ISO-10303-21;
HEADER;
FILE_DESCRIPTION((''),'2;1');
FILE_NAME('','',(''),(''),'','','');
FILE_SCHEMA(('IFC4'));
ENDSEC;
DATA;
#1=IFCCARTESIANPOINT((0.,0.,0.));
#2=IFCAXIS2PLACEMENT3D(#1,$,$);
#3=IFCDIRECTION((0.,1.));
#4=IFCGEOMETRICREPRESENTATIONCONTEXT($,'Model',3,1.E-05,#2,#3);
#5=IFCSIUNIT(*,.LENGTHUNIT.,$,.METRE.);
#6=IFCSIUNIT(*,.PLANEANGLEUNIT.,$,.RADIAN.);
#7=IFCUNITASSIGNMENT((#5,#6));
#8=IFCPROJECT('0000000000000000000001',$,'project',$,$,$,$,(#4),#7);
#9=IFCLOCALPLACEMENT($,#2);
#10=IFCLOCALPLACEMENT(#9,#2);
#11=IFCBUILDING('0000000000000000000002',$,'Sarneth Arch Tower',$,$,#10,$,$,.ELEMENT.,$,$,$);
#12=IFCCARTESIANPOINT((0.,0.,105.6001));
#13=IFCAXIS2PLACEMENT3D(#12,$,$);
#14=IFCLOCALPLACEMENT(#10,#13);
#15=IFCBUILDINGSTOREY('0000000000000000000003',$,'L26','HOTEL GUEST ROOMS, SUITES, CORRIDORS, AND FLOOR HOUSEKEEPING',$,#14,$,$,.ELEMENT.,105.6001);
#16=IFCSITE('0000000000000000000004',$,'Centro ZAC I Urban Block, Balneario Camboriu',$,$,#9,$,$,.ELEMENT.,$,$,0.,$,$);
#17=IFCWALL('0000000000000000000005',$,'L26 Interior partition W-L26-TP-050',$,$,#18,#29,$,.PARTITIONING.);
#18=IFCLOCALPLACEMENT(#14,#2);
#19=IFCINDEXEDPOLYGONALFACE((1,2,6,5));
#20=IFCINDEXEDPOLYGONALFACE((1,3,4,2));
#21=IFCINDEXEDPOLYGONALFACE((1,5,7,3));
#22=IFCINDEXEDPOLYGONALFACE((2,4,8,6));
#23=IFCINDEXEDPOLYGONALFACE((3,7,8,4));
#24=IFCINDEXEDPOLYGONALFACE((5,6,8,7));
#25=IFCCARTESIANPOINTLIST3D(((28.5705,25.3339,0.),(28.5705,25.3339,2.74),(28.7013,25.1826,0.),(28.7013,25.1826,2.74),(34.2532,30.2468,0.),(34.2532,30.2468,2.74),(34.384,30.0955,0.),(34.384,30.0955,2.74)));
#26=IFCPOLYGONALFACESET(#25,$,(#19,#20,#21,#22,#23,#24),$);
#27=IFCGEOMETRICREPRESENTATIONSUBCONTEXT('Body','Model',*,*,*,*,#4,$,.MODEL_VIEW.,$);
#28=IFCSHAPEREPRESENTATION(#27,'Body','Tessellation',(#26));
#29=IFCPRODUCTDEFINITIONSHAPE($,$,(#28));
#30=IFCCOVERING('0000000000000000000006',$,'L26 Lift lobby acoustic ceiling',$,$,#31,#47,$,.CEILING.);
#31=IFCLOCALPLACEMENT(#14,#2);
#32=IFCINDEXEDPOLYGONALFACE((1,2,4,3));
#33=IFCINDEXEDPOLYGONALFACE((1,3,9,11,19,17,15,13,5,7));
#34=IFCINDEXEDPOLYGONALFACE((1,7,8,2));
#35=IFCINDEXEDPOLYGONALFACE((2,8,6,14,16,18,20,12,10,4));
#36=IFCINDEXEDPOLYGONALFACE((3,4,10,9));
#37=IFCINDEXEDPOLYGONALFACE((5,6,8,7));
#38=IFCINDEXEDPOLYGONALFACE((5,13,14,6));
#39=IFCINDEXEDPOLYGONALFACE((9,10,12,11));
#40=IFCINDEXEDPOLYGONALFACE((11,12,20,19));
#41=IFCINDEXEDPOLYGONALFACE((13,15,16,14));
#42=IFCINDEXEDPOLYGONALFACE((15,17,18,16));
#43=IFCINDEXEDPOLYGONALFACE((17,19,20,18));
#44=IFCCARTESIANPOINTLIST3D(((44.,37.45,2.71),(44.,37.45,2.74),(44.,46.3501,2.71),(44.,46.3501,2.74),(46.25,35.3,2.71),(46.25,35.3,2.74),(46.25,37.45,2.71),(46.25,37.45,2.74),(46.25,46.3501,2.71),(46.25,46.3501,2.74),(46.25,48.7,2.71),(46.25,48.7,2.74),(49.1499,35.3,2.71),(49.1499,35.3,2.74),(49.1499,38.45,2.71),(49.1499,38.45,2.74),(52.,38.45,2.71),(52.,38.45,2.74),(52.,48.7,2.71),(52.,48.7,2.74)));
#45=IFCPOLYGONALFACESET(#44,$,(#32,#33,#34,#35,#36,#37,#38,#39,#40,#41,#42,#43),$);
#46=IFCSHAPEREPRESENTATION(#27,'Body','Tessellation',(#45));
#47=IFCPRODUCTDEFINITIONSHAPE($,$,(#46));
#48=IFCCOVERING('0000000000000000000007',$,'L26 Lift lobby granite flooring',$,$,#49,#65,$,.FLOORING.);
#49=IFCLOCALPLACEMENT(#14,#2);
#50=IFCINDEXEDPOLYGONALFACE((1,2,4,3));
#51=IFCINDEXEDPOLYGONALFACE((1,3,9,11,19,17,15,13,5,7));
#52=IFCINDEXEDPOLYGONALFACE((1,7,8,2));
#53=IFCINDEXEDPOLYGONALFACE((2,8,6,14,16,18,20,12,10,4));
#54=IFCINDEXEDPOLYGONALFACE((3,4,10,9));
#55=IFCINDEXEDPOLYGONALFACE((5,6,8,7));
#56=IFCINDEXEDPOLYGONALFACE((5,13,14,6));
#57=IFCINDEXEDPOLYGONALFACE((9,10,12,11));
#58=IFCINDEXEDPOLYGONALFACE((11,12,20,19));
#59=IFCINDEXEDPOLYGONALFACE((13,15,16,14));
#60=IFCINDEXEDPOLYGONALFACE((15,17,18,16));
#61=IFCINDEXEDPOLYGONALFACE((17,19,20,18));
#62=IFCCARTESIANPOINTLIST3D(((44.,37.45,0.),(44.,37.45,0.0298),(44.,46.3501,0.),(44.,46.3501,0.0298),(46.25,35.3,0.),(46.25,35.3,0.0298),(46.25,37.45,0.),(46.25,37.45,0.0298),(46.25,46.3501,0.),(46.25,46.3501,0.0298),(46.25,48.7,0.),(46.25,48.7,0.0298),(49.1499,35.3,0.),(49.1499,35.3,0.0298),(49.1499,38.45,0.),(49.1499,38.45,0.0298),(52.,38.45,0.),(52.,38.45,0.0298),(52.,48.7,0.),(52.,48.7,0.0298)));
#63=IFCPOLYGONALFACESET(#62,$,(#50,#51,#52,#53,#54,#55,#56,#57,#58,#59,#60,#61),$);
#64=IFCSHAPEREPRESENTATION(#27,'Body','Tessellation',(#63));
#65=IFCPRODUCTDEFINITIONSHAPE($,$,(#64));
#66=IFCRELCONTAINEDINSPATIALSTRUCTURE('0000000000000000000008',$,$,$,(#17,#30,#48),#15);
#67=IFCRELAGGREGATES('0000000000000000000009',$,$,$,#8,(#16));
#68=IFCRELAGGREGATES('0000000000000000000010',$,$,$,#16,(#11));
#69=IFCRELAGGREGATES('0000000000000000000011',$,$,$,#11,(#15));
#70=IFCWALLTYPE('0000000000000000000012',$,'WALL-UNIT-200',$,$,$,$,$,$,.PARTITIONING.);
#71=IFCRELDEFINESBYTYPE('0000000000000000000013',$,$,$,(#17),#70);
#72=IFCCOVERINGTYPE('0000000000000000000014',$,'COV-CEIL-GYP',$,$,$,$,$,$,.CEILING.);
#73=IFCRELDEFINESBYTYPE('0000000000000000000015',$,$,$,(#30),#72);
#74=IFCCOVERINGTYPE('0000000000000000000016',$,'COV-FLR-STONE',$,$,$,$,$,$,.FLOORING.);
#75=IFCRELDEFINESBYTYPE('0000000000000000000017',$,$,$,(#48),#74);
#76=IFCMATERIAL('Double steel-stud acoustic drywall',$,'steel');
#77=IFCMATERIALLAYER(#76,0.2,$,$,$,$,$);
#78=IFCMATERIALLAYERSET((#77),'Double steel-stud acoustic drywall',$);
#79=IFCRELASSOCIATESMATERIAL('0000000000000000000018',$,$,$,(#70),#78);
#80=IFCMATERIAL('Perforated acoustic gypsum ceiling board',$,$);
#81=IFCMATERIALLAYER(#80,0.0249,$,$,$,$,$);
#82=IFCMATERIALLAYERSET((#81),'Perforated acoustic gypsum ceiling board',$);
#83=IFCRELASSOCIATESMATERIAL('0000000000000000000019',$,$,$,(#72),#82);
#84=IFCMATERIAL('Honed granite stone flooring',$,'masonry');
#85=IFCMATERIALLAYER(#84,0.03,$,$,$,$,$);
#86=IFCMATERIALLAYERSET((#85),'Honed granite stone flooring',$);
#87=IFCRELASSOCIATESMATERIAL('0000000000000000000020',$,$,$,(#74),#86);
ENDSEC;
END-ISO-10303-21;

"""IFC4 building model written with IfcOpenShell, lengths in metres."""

from ifc_helpers import new_model, si_unit, direction, frame, frame_2d, origin, place, context, subcontext, project, spatial, polyline, rectangle, outline, extrude, material, layer, layer_set, type_object, element, save


model = new_model("IFC4")

# Units and contexts
model_context = context("Model", 3, precision=1e-05, world=origin(), true_north=direction((0.0, 1.0)))
body_context = subcontext(model_context, "Body", "Model", "MODEL_VIEW")
ifc_project = project(units=[si_unit("LENGTHUNIT", "METRE"), si_unit("PLANEANGLEUNIT", "RADIAN")], contexts=[model_context])

# Site, building, storey
site_placement = place(None, origin())
site = spatial("IfcSite", under=ifc_project, at=site_placement, Name="Centro ZAC I Urban Block, Balneario Camboriu", CompositionType="ELEMENT", RefElevation=0.0)
building_placement = place(site_placement, origin())
building = spatial("IfcBuilding", under=site, at=building_placement, Name="Sarneth Arch Tower", CompositionType="ELEMENT")
storey_placement = place(building_placement, frame((0.0, 0.0, 105.6001)))
storey = spatial("IfcBuildingStorey", under=building, at=storey_placement, Name="L26", Description="HOTEL GUEST ROOMS, SUITES, CORRIDORS, AND FLOOR HOUSEKEEPING", CompositionType="ELEMENT", Elevation=105.6001)

# Wall
ifc_material_1 = material(Name="Double steel-stud acoustic drywall", Category="steel")
ifc_layer_1 = layer(ifc_material_1, 0.2)
ifc_layer_set_1 = layer_set([ifc_layer_1], Name="Double steel-stud acoustic drywall")
wall_type_1 = type_object("IfcWallType", Name="WALL-UNIT-200", PredefinedType="PARTITIONING", material=ifc_layer_set_1)
wall_1_placement = place(storey_placement, frame((28.636, 25.2583, 0.0), z_axis=(0.0, 0.0, 1.0), x_axis=(0.756485, 0.654011, 0.0)))
element("IfcWall", 1, at=wall_1_placement, inside=storey, type_object=wall_type_1, Name="L26 Interior partition W-L26-TP-050", PredefinedType="PARTITIONING", context=body_context, shape_type="SweptSolid", body=[
    extrude(rectangle(XDim=7.512, YDim=0.2, at=frame_2d((3.7559, 0.0))), origin(), (0.0, 0.0, 1.0), 2.74),
])

# Coverings
ifc_material_2 = material(Name="Perforated acoustic gypsum ceiling board")
ifc_layer_2 = layer(ifc_material_2, 0.0249)
ifc_layer_set_2 = layer_set([ifc_layer_2], Name="Perforated acoustic gypsum ceiling board")
covering_type_1 = type_object("IfcCoveringType", Name="COV-CEIL-GYP", PredefinedType="CEILING", material=ifc_layer_set_2)
covering_1_placement = place(storey_placement, frame((0.0, 0.0, 2.71)))
element("IfcCovering", 2, at=covering_1_placement, inside=storey, type_object=covering_type_1, Name="L26 Lift lobby acoustic ceiling", PredefinedType="CEILING", context=body_context, shape_type="SweptSolid", body=[
    extrude(outline(polyline([(49.1499, 38.45), (49.1499, 35.3), (46.25, 35.3), (46.25, 37.45), (44.0, 37.45), (44.0, 46.3501), (46.25, 46.3501), (46.25, 48.7), (52.0, 48.7), (52.0, 38.45), (49.1499, 38.45)])), origin(), (0.0, 0.0, 1.0), 0.03),
])
ifc_material_3 = material(Name="Honed granite stone flooring", Category="masonry")
ifc_layer_3 = layer(ifc_material_3, 0.03)
ifc_layer_set_3 = layer_set([ifc_layer_3], Name="Honed granite stone flooring")
covering_type_2 = type_object("IfcCoveringType", Name="COV-FLR-STONE", PredefinedType="FLOORING", material=ifc_layer_set_3)
covering_2_placement = place(storey_placement, origin())
element("IfcCovering", 3, at=covering_2_placement, inside=storey, type_object=covering_type_2, Name="L26 Lift lobby granite flooring", PredefinedType="FLOORING", context=body_context, shape_type="SweptSolid", body=[
    extrude(outline(polyline([(49.1499, 38.45), (49.1499, 35.3), (46.25, 35.3), (46.25, 37.45), (44.0, 37.45), (44.0, 46.3501), (46.25, 46.3501), (46.25, 48.7), (52.0, 48.7), (52.0, 38.45), (49.1499, 38.45)])), origin(), (0.0, 0.0, 1.0), 0.0298),
])

save(model, "model.ifc")
